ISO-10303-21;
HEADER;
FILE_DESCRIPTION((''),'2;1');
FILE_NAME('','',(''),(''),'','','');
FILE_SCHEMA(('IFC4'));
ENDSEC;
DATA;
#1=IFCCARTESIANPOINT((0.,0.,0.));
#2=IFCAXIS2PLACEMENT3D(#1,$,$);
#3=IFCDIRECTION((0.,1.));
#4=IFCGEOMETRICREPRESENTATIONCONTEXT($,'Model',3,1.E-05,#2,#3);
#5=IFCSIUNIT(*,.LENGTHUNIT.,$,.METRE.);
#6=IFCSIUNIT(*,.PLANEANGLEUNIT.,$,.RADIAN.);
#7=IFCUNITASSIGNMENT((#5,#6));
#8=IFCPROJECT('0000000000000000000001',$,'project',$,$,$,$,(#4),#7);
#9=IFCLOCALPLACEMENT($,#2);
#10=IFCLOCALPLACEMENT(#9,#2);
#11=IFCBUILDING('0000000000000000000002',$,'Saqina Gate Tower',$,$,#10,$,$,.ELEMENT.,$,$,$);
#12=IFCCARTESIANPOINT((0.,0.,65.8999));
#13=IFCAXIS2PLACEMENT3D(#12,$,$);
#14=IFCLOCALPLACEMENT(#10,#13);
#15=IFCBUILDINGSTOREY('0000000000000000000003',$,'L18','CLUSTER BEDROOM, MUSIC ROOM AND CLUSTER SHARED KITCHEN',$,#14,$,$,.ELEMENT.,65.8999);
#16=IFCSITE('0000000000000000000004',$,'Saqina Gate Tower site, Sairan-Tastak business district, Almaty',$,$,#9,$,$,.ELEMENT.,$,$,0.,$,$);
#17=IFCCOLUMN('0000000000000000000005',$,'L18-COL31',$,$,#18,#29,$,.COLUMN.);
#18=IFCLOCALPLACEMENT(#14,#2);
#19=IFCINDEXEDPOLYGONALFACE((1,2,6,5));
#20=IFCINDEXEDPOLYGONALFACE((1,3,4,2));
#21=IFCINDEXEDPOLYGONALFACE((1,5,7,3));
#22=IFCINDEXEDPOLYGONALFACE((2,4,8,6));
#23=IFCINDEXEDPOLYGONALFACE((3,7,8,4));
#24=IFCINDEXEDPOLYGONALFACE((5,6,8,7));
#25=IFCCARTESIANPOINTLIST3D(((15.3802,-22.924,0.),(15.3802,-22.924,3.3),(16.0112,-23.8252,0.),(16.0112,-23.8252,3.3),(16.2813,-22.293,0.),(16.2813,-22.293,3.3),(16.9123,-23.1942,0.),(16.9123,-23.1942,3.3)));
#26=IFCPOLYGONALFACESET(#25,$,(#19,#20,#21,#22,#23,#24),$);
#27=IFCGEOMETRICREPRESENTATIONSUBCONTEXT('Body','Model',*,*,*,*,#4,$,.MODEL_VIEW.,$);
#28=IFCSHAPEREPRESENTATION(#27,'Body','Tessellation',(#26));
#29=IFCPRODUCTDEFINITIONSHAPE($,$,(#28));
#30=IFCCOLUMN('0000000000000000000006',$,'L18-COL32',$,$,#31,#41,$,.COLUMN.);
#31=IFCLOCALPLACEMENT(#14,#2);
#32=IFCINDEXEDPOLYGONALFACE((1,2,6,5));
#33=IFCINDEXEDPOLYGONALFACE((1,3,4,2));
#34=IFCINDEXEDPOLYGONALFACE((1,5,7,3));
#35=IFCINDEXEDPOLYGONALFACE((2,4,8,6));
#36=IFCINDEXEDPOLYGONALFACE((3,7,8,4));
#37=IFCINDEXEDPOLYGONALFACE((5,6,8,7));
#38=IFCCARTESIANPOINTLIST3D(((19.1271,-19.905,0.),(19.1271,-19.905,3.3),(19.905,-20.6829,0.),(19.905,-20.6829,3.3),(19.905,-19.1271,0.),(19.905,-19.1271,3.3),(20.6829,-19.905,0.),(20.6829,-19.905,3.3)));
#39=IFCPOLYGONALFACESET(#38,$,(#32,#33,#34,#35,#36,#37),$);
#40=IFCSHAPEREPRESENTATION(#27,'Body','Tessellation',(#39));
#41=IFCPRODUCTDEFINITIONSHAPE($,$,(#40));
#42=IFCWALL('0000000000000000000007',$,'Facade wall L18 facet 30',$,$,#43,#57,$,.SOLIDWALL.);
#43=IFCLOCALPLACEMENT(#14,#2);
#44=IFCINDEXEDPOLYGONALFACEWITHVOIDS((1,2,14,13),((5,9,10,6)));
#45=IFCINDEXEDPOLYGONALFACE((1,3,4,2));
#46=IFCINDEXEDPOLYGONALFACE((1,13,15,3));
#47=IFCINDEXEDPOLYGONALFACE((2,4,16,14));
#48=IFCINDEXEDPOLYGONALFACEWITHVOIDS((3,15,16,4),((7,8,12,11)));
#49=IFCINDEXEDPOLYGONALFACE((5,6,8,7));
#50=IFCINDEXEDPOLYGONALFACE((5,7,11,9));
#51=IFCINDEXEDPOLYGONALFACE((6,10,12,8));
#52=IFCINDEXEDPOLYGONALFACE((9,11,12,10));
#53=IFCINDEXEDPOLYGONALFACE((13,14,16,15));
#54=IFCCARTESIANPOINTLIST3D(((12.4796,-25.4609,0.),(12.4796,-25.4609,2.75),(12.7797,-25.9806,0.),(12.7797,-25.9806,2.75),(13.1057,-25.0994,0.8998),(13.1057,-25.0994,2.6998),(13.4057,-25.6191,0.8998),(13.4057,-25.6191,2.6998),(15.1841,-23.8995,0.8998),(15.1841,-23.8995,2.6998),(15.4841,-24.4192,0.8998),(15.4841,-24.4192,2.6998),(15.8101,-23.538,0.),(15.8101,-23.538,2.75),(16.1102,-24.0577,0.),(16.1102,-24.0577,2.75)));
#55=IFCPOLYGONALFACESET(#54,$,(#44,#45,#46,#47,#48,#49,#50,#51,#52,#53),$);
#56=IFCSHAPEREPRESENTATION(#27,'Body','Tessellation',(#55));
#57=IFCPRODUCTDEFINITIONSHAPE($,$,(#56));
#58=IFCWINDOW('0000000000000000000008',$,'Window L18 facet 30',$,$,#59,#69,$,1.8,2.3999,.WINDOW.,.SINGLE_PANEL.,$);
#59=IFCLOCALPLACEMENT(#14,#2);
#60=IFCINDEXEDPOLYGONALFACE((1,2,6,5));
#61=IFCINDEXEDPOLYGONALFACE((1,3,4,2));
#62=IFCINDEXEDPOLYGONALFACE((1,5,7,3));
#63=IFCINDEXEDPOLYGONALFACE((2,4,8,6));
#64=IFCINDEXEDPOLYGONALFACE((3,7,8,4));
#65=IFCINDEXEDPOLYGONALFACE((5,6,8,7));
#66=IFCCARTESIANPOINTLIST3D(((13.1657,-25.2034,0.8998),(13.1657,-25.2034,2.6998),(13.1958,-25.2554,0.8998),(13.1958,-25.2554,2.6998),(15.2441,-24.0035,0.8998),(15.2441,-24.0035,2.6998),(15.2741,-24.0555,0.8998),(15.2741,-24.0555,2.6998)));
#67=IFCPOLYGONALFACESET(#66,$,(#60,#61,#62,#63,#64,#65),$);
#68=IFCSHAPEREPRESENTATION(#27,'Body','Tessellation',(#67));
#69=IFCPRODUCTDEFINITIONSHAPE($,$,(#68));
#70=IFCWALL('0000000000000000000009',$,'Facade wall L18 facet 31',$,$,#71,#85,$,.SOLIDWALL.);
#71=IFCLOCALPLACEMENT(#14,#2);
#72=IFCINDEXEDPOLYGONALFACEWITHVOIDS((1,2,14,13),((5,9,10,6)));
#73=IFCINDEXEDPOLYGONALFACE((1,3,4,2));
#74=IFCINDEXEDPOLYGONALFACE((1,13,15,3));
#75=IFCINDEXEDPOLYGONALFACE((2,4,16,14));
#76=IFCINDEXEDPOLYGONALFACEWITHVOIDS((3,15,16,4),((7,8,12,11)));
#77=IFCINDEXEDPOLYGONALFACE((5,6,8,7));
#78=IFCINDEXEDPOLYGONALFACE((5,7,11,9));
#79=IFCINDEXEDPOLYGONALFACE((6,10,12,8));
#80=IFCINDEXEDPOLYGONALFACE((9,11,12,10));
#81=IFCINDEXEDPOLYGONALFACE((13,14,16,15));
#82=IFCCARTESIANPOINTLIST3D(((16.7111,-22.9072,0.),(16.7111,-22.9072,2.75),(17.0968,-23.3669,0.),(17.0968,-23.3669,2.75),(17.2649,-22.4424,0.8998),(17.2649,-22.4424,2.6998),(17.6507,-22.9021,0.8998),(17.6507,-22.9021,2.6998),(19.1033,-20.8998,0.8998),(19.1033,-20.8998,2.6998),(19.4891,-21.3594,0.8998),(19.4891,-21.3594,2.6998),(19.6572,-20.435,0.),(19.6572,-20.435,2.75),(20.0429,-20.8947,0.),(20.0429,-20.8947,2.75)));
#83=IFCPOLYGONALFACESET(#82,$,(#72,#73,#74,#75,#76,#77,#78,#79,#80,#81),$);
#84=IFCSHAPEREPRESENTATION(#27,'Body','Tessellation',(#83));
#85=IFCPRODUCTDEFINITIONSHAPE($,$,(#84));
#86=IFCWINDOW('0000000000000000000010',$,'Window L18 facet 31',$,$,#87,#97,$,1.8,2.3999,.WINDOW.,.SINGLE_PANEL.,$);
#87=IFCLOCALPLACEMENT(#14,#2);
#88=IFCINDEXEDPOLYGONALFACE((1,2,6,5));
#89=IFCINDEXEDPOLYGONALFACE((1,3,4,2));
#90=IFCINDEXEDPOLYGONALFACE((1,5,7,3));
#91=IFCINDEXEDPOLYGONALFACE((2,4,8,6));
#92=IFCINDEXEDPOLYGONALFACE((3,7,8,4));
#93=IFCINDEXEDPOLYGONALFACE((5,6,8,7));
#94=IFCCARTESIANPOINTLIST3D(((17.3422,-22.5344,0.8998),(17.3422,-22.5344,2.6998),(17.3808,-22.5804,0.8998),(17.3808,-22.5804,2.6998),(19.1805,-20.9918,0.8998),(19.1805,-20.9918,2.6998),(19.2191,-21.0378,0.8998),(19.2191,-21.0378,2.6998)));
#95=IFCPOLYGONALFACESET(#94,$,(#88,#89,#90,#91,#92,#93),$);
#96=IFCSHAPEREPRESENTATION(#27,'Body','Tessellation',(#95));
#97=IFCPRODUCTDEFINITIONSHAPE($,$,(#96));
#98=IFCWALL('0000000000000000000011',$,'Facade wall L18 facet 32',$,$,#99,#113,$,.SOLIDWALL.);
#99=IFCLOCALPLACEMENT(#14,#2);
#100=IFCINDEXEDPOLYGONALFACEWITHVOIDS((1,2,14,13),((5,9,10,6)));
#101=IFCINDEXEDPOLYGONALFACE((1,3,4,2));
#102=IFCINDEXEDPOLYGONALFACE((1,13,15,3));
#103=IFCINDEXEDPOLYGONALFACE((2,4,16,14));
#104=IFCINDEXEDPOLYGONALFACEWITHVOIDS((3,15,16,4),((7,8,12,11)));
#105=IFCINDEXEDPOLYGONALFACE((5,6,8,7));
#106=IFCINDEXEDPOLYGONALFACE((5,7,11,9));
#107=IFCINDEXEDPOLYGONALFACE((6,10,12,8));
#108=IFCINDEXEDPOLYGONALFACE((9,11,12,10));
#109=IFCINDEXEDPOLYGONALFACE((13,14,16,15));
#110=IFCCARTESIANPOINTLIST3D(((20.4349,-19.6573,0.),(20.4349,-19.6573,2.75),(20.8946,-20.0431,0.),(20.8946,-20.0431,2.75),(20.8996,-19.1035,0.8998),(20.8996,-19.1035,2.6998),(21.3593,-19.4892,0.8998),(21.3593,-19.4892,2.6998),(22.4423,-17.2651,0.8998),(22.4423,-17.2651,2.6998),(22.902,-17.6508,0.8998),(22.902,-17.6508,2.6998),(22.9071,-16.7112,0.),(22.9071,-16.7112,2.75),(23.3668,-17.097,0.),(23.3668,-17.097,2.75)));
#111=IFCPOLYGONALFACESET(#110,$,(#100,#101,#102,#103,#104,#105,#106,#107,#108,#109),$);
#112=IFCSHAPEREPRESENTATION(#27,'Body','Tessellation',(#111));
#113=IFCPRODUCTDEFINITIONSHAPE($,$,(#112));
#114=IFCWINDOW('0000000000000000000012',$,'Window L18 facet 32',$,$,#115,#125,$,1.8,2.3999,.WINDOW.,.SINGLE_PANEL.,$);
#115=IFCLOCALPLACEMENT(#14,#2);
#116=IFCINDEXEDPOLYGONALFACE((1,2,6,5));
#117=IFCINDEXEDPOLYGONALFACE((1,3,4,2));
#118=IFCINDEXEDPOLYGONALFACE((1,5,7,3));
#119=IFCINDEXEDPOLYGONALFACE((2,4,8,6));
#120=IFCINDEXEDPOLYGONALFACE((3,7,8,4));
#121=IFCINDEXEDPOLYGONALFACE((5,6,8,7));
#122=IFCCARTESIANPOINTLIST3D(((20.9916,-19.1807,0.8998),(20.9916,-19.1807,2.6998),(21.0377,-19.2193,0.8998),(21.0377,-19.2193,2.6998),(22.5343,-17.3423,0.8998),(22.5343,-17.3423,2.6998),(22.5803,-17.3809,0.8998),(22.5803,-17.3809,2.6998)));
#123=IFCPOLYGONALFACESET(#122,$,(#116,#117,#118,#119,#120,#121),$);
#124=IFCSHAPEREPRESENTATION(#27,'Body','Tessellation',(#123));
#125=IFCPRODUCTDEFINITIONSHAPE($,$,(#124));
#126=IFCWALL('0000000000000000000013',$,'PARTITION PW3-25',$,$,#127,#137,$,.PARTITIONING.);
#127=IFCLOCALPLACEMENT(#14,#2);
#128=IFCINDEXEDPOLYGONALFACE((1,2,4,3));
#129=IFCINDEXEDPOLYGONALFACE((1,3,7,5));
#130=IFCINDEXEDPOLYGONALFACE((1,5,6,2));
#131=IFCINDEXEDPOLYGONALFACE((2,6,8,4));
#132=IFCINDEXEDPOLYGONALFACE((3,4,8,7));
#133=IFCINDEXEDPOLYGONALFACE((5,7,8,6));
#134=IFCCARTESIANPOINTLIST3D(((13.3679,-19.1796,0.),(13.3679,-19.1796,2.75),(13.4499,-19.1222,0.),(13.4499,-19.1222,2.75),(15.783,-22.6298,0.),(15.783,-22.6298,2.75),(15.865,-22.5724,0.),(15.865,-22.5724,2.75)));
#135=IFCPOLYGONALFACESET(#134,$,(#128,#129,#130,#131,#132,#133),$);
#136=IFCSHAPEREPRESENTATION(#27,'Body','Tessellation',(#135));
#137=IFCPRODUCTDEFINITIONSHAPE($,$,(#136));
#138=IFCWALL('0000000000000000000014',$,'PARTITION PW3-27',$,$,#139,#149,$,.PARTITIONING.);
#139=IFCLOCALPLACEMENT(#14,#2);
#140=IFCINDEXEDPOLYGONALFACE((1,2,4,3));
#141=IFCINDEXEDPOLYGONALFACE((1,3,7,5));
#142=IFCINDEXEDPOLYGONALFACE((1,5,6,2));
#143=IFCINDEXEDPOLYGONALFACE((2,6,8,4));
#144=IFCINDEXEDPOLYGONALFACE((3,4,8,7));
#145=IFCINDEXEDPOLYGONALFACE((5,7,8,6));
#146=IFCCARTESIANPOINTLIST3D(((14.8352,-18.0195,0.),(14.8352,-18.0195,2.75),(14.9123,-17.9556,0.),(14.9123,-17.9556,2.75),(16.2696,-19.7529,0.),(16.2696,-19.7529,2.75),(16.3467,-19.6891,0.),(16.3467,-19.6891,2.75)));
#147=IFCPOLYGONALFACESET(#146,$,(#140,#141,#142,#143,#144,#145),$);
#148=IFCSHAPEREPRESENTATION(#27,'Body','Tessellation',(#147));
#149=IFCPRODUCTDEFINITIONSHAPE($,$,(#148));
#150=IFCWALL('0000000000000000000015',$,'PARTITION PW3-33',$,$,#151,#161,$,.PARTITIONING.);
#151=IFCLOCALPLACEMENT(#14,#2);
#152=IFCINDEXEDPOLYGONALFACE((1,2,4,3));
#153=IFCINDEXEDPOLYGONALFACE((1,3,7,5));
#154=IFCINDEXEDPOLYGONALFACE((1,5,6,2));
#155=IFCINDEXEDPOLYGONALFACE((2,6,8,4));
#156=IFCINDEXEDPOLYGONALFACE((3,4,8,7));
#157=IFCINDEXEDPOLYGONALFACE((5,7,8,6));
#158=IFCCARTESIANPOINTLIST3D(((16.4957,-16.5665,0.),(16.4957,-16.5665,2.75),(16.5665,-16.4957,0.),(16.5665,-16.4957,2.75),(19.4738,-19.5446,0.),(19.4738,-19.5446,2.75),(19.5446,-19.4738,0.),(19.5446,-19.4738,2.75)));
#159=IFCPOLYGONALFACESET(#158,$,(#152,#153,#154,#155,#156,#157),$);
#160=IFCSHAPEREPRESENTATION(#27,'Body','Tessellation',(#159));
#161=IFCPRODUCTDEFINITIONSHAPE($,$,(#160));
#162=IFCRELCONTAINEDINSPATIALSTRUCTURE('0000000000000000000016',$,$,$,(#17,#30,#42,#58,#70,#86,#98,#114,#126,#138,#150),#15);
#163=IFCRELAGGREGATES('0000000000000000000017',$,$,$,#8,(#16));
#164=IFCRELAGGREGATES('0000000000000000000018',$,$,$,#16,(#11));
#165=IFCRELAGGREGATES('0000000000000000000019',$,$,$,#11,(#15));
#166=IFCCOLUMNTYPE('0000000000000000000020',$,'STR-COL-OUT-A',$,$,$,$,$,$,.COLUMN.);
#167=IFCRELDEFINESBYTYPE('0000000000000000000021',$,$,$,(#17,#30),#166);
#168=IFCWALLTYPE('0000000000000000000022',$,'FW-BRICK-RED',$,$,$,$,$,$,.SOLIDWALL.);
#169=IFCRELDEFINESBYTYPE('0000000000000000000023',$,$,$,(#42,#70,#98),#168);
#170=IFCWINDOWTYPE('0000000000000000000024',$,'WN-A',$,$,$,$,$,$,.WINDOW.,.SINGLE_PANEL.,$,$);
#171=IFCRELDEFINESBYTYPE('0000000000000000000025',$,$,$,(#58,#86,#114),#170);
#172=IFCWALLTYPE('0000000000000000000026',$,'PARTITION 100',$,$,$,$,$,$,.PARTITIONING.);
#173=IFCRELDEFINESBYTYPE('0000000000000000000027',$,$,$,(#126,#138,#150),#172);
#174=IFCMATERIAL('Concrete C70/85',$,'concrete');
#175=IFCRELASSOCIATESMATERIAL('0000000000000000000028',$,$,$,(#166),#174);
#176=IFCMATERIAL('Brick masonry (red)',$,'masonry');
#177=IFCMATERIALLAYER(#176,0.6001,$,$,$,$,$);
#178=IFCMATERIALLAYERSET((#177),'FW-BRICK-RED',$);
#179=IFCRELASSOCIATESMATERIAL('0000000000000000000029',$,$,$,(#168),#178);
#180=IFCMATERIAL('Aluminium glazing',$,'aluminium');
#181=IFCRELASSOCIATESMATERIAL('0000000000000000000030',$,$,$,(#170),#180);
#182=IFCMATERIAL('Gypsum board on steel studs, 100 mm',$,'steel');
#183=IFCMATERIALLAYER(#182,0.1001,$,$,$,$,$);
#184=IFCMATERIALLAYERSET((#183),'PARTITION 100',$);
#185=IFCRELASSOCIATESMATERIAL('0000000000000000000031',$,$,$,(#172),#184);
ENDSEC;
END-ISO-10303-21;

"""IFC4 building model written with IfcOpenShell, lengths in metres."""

from ifc_helpers import new_model, si_unit, direction, frame, frame_2d, origin, origin_2d, place, context, subcontext, project, spatial, rectangle, extrude, material, layer, layer_set, material_profile, profile_set, type_object, element, fill, save


model = new_model("IFC4")

# Units and contexts
model_context = context("Model", 3, precision=1e-05, world=origin(), true_north=direction((0.0, 1.0)))
body_context = subcontext(model_context, "Body", "Model", "MODEL_VIEW")
ifc_project = project(units=[si_unit("LENGTHUNIT", "METRE"), si_unit("PLANEANGLEUNIT", "RADIAN")], contexts=[model_context])

# Site, building, storey
site_placement = place(None, origin())
site = spatial("IfcSite", under=ifc_project, at=site_placement, Name="Saqina Gate Tower site, Sairan-Tastak business district, Almaty", CompositionType="ELEMENT", RefElevation=0.0)
building_placement = place(site_placement, origin())
building = spatial("IfcBuilding", under=site, at=building_placement, Name="Saqina Gate Tower", CompositionType="ELEMENT")
storey_placement = place(building_placement, frame((0.0, 0.0, 65.8999)))
storey = spatial("IfcBuildingStorey", under=building, at=storey_placement, Name="L18", Description="CLUSTER BEDROOM, MUSIC ROOM AND CLUSTER SHARED KITCHEN", CompositionType="ELEMENT", Elevation=65.8999)

# Columns
ifc_material_1 = material(Name="Concrete C70/85", Category="concrete")
ifc_material_profile = material_profile(ifc_material_1, rectangle(XDim=1.1001, YDim=1.1001, at=origin_2d()), Name="RC 1100x1100")
ifc_profile_set = profile_set([ifc_material_profile], Name="Concrete C70/85")
column_type = type_object("IfcColumnType", Name="STR-COL-OUT-A", PredefinedType="COLUMN", material=ifc_profile_set)
for number, where, z_axis, x_axis, name in (
    (1, (16.1462, -23.0591, 0.0), (0.0, 0.0, 1.0), (0.573576, -0.819152, 0.0), "L18-COL31"),
    (2, (19.905, -19.905, 0.0), (0.0, 0.0, 1.0), (0.707107, -0.707107, 0.0), "L18-COL32"),
):
    element("IfcColumn", number, at=place(storey_placement, frame(where, z_axis=z_axis, x_axis=x_axis)), inside=storey, type_object=column_type, Name=name, PredefinedType="COLUMN", context=body_context, shape_type="SweptSolid", body=[
        extrude(rectangle(XDim=1.1001, YDim=1.1001, at=origin_2d()), origin(), (0.0, 0.0, 1.0), 3.3),
    ])

# Walls, openings, windows
ifc_material_2 = material(Name="Brick masonry (red)", Category="masonry")
ifc_layer_1 = layer(ifc_material_2, 0.6001)
ifc_layer_set_1 = layer_set([ifc_layer_1], Name="FW-BRICK-RED")
wall_type_1 = type_object("IfcWallType", Name="FW-BRICK-RED", PredefinedType="SOLIDWALL", material=ifc_layer_set_1)
wall_1_placement = place(storey_placement, frame((12.6296, -25.7207, 0.0), z_axis=(0.0, 0.0, 1.0), x_axis=(0.866031, 0.49999, 0.0)))
wall_1 = element("IfcWall", 3, at=wall_1_placement, inside=storey, type_object=wall_type_1, Name="Facade wall L18 facet 30", PredefinedType="SOLIDWALL", context=body_context, shape_type="SweptSolid", body=[
    extrude(rectangle(XDim=3.8457, YDim=0.6001, at=frame_2d((1.9229, 0.0))), origin(), (0.0, 0.0, 1.0), 2.75),
])
opening_1_placement = place(wall_1_placement, frame((0.7229, 0.0, 0.8999)))
opening_1 = element("IfcOpeningElement", 4, at=opening_1_placement, cuts=wall_1, PredefinedType="OPENING", context=body_context, shape_type="SweptSolid", body=[
    extrude(rectangle(XDim=2.3999, YDim=1.8, at=frame_2d((1.2, 0.8999))), frame((0.0, 0.312, 0.0), z_axis=(0.0, -1.0, 0.0), x_axis=(1.0, 0.0, 0.0)), (0.0, 0.0, 1.0), 0.624),
])
ifc_material_3 = material(Name="Aluminium glazing", Category="aluminium")
window_type = type_object("IfcWindowType", Name="WN-A", PartitioningType="SINGLE_PANEL", PredefinedType="WINDOW", material=ifc_material_3)
window_1_placement = place(opening_1_placement, origin())
window_1 = element("IfcWindow", 5, at=window_1_placement, inside=storey, type_object=window_type, Name="Window L18 facet 30", OverallHeight=1.8, OverallWidth=2.3999, PartitioningType="SINGLE_PANEL", PredefinedType="WINDOW", context=body_context, shape_type="SweptSolid", body=[
    extrude(rectangle(XDim=2.3999, YDim=1.8, at=frame_2d((1.2, 0.8999))), frame((0.0, 0.1799, 0.0), z_axis=(0.0, -1.0, 0.0), x_axis=(1.0, 0.0, 0.0)), (0.0, 0.0, 1.0), 0.0601),
])
fill(opening_1, window_1)
wall_2_placement = place(storey_placement, frame((16.9041, -23.137, 0.0), z_axis=(0.0, 0.0, 1.0), x_axis=(0.766026, 0.642809, 0.0)))
wall_2 = element("IfcWall", 6, at=wall_2_placement, inside=storey, type_object=wall_type_1, Name="Facade wall L18 facet 31", PredefinedType="SOLIDWALL", context=body_context, shape_type="SweptSolid", body=[
    extrude(rectangle(XDim=3.8459, YDim=0.6001, at=frame_2d((1.9229, 0.0))), origin(), (0.0, 0.0, 1.0), 2.75),
])
opening_2_placement = place(wall_2_placement, frame((0.7229, 0.0, 0.8999)))
opening_2 = element("IfcOpeningElement", 7, at=opening_2_placement, cuts=wall_2, PredefinedType="OPENING", context=body_context, shape_type="SweptSolid", body=[
    extrude(rectangle(XDim=2.3999, YDim=1.8, at=frame_2d((1.2, 0.8999))), frame((0.0, 0.312, 0.0), z_axis=(0.0, -1.0, 0.0), x_axis=(1.0, 0.0, 0.0)), (0.0, 0.0, 1.0), 0.624),
])
window_2_placement = place(opening_2_placement, origin())
window_2 = element("IfcWindow", 8, at=window_2_placement, inside=storey, type_object=window_type, Name="Window L18 facet 31", OverallHeight=1.8, OverallWidth=2.3999, PartitioningType="SINGLE_PANEL", PredefinedType="WINDOW", context=body_context, shape_type="SweptSolid", body=[
    extrude(rectangle(XDim=2.3999, YDim=1.8, at=frame_2d((1.2, 0.8999))), frame((0.0, 0.1799, 0.0), z_axis=(0.0, -1.0, 0.0), x_axis=(1.0, 0.0, 0.0)), (0.0, 0.0, 1.0), 0.0601),
])
fill(opening_2, window_2)
wall_3_placement = place(storey_placement, frame((20.6648, -19.8501, 0.0), z_axis=(0.0, 0.0, 1.0), x_axis=(0.642809, 0.766026, 0.0)))
wall_3 = element("IfcWall", 9, at=wall_3_placement, inside=storey, type_object=wall_type_1, Name="Facade wall L18 facet 32", PredefinedType="SOLIDWALL", context=body_context, shape_type="SweptSolid", body=[
    extrude(rectangle(XDim=3.8459, YDim=0.6001, at=frame_2d((1.9229, 0.0))), origin(), (0.0, 0.0, 1.0), 2.75),
])
opening_3_placement = place(wall_3_placement, frame((0.7229, 0.0, 0.8999)))
opening_3 = element("IfcOpeningElement", 10, at=opening_3_placement, cuts=wall_3, PredefinedType="OPENING", context=body_context, shape_type="SweptSolid", body=[
    extrude(rectangle(XDim=2.3999, YDim=1.8, at=frame_2d((1.2, 0.8999))), frame((0.0, 0.312, 0.0), z_axis=(0.0, -1.0, 0.0), x_axis=(1.0, 0.0, 0.0)), (0.0, 0.0, 1.0), 0.624),
])
window_3_placement = place(opening_3_placement, origin())
window_3 = element("IfcWindow", 11, at=window_3_placement, inside=storey, type_object=window_type, Name="Window L18 facet 32", OverallHeight=1.8, OverallWidth=2.3999, PartitioningType="SINGLE_PANEL", PredefinedType="WINDOW", context=body_context, shape_type="SweptSolid", body=[
    extrude(rectangle(XDim=2.3999, YDim=1.8, at=frame_2d((1.2, 0.8999))), frame((0.0, 0.1799, 0.0), z_axis=(0.0, -1.0, 0.0), x_axis=(1.0, 0.0, 0.0)), (0.0, 0.0, 1.0), 0.0601),
])
fill(opening_3, window_3)

# Walls
ifc_material_4 = material(Name="Gypsum board on steel studs, 100 mm", Category="steel")
ifc_layer_2 = layer(ifc_material_4, 0.1001)
ifc_layer_set_2 = layer_set([ifc_layer_2], Name="PARTITION 100")
wall_type_2 = type_object("IfcWallType", Name="PARTITION 100", PredefinedType="PARTITIONING", material=ifc_layer_set_2)
wall_4_placement = place(storey_placement, frame((13.4089, -19.1509, 0.0), z_axis=(0.0, 0.0, 1.0), x_axis=(0.573447, -0.819243, 0.0)))
element("IfcWall", 12, at=wall_4_placement, inside=storey, type_object=wall_type_2, Name="PARTITION PW3-25", PredefinedType="PARTITIONING", context=body_context, shape_type="SweptSolid", body=[
    extrude(rectangle(XDim=4.2114, YDim=0.1001, at=frame_2d((2.1057, 0.0))), origin(), (0.0, 0.0, 1.0), 2.75),
])
wall_5_placement = place(storey_placement, frame((14.8738, -17.9875, 0.0), z_axis=(0.0, 0.0, 1.0), x_axis=(0.637512, -0.77044, 0.0)))
element("IfcWall", 13, at=wall_5_placement, inside=storey, type_object=wall_type_2, Name="PARTITION PW3-27", PredefinedType="PARTITIONING", context=body_context, shape_type="SweptSolid", body=[
    extrude(rectangle(XDim=2.25, YDim=0.1001, at=frame_2d((1.125, 0.0))), origin(), (0.0, 0.0, 1.0), 2.75),
])
wall_6_placement = place(storey_placement, frame((16.531, -16.531, 0.0), z_axis=(0.0, 0.0, 1.0), x_axis=(0.707107, -0.707107, 0.0)))
element("IfcWall", 14, at=wall_6_placement, inside=storey, type_object=wall_type_2, Name="PARTITION PW3-33", PredefinedType="PARTITIONING", context=body_context, shape_type="SweptSolid", body=[
    extrude(rectangle(XDim=4.2117, YDim=0.1001, at=frame_2d((2.106, 0.0))), origin(), (0.0, 0.0, 1.0), 2.75),
])

save(model, "model.ifc")
